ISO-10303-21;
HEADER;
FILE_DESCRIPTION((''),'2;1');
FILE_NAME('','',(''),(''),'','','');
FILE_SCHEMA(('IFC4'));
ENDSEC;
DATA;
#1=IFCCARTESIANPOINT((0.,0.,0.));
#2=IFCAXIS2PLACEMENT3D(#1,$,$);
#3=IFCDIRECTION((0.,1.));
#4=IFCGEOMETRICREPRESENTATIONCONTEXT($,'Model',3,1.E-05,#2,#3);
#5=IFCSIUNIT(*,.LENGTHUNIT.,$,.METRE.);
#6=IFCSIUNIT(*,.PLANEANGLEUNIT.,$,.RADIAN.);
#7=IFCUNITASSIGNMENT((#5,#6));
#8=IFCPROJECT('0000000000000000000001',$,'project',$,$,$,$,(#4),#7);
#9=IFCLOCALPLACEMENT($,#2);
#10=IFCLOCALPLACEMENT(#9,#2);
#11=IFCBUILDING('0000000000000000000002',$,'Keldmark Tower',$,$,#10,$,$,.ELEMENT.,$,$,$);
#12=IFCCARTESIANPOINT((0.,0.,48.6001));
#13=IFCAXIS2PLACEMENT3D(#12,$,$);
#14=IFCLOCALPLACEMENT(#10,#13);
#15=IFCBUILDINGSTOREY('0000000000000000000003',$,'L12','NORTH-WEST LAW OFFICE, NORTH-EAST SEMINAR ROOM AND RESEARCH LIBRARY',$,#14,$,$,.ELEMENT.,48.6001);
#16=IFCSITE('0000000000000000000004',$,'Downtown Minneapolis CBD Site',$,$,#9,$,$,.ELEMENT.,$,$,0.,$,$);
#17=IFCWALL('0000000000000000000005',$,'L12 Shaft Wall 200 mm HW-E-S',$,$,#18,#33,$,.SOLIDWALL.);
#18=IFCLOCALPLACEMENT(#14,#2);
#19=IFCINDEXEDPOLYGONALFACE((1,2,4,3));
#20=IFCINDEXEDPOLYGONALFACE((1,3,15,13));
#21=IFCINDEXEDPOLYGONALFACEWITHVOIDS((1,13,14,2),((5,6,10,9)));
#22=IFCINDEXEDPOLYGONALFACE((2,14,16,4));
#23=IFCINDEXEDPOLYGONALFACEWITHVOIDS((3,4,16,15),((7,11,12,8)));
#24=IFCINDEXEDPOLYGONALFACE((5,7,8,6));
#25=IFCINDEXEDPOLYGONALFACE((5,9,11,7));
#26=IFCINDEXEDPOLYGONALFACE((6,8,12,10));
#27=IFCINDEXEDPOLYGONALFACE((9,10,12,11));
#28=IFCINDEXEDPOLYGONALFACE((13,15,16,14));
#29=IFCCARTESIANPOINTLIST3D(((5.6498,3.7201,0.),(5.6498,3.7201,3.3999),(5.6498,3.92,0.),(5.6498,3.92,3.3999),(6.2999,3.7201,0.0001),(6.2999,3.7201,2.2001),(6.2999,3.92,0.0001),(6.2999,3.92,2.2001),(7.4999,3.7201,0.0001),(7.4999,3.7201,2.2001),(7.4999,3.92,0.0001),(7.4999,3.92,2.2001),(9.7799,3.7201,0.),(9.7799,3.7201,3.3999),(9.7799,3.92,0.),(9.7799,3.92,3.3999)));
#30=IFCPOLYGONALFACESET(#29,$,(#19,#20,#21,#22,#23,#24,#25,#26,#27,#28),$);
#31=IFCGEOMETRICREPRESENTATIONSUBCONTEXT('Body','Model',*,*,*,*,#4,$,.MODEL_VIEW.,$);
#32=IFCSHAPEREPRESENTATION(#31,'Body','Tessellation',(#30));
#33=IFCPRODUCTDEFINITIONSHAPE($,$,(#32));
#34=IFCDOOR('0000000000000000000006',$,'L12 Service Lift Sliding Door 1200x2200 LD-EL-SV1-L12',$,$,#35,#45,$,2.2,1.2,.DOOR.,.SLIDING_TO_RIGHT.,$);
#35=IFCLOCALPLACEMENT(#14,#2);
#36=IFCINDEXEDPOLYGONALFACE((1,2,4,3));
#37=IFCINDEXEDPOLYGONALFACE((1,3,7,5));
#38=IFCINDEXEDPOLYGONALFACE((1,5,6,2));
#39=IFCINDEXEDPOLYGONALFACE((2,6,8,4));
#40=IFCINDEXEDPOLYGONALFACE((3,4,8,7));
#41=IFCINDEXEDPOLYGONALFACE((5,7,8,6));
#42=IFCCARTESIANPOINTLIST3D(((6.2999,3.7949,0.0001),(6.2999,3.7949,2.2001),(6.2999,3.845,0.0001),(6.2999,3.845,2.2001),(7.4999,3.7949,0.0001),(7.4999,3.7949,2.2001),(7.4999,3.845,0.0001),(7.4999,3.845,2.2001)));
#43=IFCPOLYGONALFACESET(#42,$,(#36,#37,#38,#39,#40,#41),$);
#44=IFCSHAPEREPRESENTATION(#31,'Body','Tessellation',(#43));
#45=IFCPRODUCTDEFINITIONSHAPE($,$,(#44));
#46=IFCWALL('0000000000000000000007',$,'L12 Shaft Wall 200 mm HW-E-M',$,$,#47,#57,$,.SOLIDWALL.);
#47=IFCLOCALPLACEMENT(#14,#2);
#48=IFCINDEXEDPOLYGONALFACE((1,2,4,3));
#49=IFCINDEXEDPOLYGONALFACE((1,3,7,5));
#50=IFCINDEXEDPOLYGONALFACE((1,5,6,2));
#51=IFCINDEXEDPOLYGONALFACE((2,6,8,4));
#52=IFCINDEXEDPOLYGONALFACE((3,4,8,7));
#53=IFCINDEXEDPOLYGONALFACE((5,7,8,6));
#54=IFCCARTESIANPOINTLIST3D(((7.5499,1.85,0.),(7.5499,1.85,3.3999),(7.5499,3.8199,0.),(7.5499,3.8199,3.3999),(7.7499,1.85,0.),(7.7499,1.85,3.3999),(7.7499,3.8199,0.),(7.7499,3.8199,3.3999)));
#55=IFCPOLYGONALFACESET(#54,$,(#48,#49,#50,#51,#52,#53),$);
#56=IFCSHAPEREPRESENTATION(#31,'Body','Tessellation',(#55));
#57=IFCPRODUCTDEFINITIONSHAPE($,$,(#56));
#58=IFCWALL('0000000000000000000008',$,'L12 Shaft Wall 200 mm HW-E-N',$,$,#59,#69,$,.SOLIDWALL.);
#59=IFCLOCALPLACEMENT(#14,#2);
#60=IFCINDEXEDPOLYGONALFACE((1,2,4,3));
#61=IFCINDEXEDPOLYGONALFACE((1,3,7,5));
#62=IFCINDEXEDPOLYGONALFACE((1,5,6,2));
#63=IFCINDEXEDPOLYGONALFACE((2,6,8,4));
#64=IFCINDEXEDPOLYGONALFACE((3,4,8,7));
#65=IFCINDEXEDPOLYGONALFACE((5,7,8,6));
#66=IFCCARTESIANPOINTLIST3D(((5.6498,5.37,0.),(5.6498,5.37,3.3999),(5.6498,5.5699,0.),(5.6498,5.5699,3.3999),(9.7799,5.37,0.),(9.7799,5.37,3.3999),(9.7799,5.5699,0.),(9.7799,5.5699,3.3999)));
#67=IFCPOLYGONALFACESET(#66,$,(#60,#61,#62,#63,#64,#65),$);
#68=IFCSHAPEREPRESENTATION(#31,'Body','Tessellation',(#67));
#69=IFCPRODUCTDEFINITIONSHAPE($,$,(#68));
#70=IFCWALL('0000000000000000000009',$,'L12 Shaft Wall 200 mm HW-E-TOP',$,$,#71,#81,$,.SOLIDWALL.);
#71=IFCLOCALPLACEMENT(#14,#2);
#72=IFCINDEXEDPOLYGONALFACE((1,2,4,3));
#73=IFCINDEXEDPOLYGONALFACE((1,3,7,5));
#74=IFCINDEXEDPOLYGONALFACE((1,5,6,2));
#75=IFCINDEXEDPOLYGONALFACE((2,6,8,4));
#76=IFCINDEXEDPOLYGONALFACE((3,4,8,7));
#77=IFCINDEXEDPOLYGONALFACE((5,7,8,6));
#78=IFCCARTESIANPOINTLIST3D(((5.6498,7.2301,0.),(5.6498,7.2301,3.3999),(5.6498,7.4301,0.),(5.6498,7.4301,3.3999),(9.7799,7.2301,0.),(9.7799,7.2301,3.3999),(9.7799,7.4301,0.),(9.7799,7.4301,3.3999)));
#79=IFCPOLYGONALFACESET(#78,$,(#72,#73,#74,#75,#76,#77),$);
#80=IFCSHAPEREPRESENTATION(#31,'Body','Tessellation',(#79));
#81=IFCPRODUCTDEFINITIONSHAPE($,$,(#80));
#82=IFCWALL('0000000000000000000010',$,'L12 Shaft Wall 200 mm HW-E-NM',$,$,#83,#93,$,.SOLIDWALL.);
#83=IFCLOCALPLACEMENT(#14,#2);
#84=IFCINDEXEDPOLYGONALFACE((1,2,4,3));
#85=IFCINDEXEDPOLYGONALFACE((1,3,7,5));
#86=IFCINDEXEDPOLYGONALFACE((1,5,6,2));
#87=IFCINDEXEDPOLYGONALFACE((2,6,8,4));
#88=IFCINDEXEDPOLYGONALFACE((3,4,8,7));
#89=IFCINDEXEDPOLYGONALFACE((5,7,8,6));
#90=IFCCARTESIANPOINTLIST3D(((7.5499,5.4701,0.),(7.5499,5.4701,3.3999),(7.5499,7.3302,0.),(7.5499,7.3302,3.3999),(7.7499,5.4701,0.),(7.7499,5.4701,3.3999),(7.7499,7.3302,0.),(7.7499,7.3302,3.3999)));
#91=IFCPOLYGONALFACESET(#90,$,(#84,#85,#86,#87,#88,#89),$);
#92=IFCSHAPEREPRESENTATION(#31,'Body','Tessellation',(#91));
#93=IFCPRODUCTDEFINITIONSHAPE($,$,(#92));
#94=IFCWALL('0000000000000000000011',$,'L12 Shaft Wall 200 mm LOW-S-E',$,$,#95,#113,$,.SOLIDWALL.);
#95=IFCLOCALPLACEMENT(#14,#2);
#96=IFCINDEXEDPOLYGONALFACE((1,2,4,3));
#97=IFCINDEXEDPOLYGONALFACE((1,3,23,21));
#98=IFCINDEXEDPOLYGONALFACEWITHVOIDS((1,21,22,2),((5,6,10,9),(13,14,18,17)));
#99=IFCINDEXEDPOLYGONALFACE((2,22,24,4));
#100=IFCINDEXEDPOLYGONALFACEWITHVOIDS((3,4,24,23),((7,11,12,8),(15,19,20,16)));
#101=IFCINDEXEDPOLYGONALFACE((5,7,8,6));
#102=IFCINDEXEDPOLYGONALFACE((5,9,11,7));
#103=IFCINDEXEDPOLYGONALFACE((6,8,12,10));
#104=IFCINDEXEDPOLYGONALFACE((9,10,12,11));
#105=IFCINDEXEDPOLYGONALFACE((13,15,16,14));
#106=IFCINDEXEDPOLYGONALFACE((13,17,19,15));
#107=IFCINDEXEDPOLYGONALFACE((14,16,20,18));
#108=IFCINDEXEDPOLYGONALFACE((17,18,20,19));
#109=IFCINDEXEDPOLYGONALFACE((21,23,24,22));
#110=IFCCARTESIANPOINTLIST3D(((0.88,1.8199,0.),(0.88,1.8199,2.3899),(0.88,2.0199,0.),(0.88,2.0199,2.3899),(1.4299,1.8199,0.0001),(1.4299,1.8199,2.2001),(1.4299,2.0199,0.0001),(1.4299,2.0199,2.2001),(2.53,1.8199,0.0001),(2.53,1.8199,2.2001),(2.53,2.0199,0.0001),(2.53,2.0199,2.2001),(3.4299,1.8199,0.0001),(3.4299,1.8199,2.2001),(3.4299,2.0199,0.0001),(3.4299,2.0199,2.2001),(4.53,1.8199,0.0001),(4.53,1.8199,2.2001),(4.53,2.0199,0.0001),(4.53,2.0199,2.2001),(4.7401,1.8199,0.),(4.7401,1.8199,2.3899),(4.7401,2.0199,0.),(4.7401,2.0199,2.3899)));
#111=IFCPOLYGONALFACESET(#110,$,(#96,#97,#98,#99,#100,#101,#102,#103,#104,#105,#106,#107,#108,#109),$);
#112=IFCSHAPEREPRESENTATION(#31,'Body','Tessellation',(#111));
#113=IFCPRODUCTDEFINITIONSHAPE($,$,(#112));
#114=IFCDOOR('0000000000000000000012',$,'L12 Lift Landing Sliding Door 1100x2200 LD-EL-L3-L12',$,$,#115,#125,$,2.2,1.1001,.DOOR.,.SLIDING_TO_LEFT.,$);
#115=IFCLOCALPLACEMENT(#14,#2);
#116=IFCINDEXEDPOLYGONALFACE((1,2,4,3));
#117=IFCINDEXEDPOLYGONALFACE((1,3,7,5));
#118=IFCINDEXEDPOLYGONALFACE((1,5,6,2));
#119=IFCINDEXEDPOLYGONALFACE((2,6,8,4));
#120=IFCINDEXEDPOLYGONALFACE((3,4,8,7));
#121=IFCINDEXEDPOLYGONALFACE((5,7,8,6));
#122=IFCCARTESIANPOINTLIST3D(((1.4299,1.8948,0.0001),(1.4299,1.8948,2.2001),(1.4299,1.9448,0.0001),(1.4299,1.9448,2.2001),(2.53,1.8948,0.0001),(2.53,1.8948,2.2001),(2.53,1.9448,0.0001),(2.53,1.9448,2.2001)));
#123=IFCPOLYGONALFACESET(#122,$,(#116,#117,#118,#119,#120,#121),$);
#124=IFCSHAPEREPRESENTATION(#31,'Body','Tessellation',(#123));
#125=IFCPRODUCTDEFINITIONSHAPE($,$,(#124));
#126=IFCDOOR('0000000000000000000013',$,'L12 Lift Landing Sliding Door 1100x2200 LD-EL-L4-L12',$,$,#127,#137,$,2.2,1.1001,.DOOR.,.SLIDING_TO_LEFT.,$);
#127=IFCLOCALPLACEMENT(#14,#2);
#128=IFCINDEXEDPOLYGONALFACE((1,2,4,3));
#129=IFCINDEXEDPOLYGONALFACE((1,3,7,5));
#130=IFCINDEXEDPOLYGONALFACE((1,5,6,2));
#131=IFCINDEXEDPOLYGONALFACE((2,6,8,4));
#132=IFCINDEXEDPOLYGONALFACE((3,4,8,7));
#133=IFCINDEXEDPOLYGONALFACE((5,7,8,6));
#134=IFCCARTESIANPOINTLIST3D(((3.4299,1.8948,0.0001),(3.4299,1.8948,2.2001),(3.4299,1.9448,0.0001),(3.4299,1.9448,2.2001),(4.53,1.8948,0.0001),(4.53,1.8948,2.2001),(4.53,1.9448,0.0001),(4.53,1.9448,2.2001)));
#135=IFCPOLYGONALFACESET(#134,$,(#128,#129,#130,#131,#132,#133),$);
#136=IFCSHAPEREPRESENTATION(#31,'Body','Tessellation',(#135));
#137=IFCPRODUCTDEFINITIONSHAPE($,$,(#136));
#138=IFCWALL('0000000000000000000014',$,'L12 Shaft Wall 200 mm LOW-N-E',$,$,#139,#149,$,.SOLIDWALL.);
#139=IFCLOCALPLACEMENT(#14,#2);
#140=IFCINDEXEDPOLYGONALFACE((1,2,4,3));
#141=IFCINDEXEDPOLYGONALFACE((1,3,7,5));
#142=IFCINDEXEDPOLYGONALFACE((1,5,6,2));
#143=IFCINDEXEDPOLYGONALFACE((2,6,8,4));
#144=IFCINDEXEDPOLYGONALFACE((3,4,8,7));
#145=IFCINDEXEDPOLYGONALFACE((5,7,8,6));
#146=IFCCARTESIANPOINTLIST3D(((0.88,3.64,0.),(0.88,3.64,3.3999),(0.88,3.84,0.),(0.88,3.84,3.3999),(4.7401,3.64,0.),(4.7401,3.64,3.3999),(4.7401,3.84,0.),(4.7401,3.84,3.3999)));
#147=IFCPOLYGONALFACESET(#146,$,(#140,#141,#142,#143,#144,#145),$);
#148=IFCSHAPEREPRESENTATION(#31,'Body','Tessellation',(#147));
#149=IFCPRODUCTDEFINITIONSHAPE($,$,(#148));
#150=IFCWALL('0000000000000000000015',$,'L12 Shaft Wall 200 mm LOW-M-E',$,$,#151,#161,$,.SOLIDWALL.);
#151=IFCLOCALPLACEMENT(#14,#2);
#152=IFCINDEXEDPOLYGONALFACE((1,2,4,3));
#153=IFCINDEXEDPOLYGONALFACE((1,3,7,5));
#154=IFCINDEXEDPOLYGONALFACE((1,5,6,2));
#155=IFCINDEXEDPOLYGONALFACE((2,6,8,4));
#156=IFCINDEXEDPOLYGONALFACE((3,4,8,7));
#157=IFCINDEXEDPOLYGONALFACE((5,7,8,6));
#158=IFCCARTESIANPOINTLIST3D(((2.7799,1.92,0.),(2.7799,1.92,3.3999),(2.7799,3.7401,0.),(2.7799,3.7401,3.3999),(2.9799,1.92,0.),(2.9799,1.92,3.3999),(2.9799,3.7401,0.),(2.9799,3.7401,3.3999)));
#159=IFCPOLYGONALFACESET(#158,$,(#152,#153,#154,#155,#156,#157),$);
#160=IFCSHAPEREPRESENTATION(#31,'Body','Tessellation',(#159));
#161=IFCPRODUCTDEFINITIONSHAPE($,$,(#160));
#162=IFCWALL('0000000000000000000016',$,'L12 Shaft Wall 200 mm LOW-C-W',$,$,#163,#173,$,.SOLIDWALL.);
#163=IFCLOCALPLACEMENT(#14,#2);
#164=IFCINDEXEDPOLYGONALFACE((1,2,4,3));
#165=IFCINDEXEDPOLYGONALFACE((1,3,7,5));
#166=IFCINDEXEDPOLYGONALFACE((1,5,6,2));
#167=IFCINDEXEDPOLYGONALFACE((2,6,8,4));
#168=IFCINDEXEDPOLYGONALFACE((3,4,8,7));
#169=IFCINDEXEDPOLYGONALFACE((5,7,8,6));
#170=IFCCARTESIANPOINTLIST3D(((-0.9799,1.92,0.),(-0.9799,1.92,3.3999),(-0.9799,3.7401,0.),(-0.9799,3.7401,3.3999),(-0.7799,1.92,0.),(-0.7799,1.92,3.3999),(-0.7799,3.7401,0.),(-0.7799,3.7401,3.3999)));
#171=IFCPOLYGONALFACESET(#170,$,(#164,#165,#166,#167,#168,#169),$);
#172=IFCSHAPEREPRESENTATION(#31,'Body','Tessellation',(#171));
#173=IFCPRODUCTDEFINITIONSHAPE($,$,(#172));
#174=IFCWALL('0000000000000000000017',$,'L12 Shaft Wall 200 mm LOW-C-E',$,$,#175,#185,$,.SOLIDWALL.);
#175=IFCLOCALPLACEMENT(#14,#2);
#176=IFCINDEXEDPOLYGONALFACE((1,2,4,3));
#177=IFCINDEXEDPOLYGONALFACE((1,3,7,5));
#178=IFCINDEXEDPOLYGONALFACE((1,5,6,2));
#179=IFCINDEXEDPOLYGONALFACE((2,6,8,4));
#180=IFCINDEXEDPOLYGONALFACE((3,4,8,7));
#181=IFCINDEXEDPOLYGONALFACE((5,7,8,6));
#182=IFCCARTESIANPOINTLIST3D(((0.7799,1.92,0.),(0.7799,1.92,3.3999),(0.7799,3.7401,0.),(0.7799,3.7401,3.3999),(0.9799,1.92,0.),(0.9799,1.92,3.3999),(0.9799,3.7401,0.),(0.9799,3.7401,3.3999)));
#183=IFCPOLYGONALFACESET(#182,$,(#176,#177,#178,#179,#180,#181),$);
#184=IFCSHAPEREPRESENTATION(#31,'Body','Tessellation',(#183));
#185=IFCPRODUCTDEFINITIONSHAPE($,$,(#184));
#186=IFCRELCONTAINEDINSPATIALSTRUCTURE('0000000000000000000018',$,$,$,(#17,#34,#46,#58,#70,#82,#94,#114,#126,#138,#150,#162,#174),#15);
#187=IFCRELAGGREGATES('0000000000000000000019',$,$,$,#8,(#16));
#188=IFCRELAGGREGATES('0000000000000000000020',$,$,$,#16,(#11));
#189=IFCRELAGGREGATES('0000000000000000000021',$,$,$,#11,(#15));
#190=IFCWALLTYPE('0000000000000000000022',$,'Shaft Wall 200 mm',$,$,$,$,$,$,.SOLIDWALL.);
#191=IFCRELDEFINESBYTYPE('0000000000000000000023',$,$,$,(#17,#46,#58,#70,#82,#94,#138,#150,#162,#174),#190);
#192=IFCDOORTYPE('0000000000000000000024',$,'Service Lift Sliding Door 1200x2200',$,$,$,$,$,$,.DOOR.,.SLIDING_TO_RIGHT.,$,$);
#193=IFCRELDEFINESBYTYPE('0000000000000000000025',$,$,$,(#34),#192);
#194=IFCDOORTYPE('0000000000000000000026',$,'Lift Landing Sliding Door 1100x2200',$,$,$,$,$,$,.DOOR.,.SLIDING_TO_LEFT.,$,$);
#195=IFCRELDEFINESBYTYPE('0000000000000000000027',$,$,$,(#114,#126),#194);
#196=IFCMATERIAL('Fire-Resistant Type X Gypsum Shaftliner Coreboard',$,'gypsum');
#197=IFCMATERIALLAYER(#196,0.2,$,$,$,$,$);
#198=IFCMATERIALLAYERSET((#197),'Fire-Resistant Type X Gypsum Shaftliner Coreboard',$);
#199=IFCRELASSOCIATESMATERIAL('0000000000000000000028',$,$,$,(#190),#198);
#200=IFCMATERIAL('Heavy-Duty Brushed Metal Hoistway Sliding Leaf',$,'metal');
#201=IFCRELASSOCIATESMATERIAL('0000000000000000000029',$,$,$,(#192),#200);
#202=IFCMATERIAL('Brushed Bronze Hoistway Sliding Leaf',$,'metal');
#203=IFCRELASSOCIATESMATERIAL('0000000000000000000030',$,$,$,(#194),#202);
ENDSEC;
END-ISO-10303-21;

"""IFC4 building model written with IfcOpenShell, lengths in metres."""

from ifc_helpers import new_model, si_unit, direction, frame, frame_2d, origin, place, context, subcontext, project, spatial, rectangle, extrude, material, layer, layer_set, type_object, element, fill, save


model = new_model("IFC4")

# Units and contexts
model_context = context("Model", 3, precision=1e-05, world=origin(), true_north=direction((0.0, 1.0)))
body_context = subcontext(model_context, "Body", "Model", "MODEL_VIEW")
ifc_project = project(units=[si_unit("LENGTHUNIT", "METRE"), si_unit("PLANEANGLEUNIT", "RADIAN")], contexts=[model_context])

# Site, building, storey
site_placement = place(None, origin())
site = spatial("IfcSite", under=ifc_project, at=site_placement, Name="Downtown Minneapolis CBD Site", CompositionType="ELEMENT", RefElevation=0.0)
building_placement = place(site_placement, origin())
building = spatial("IfcBuilding", under=site, at=building_placement, Name="Keldmark Tower", CompositionType="ELEMENT")
storey_placement = place(building_placement, frame((0.0, 0.0, 48.6001)))
storey = spatial("IfcBuildingStorey", under=building, at=storey_placement, Name="L12", Description="NORTH-WEST LAW OFFICE, NORTH-EAST SEMINAR ROOM AND RESEARCH LIBRARY", CompositionType="ELEMENT", Elevation=48.6001)

# Wall, opening, door
ifc_material_1 = material(Name="Fire-Resistant Type X Gypsum Shaftliner Coreboard", Category="gypsum")
ifc_layer_1 = layer(ifc_material_1, 0.2)
ifc_layer_set_1 = layer_set([ifc_layer_1], Name="Fire-Resistant Type X Gypsum Shaftliner Coreboard")
wall_type_1 = type_object("IfcWallType", Name="Shaft Wall 200 mm", PredefinedType="SOLIDWALL", material=ifc_layer_set_1)
wall_1_placement = place(storey_placement, frame((5.6499, 3.8201, 0.0), z_axis=(0.0, 0.0, 1.0), x_axis=(1.0, 0.0, 0.0)))
wall_1 = element("IfcWall", 1, at=wall_1_placement, inside=storey, type_object=wall_type_1, Name="L12 Shaft Wall 200 mm HW-E-S", PredefinedType="SOLIDWALL", context=body_context, shape_type="SweptSolid", body=[
    extrude(rectangle(XDim=4.1301, YDim=0.2, at=frame_2d((2.0649, 0.0))), origin(), (0.0, 0.0, 1.0), 3.3999),
])
opening_1_placement = place(wall_1_placement, frame((0.6499, 0.0, 0.0)))
opening_1 = element("IfcOpeningElement", 2, at=opening_1_placement, cuts=wall_1, PredefinedType="OPENING", context=body_context, shape_type="SweptSolid", body=[
    extrude(rectangle(XDim=1.2, YDim=2.2, at=frame_2d((0.6001, 1.1001))), frame((0.0, 0.1099, 0.0), z_axis=(0.0, -1.0, 0.0), x_axis=(1.0, 0.0, 0.0)), (0.0, 0.0, 1.0), 0.22),
])
ifc_material_2 = material(Name="Heavy-Duty Brushed Metal Hoistway Sliding Leaf", Category="metal")
door_type_1 = type_object("IfcDoorType", Name="Service Lift Sliding Door 1200x2200", OperationType="SLIDING_TO_RIGHT", PredefinedType="DOOR", material=ifc_material_2)
door_1_placement = place(opening_1_placement, origin())
door_1 = element("IfcDoor", 3, at=door_1_placement, inside=storey, type_object=door_type_1, Name="L12 Service Lift Sliding Door 1200x2200 LD-EL-SV1-L12", OperationType="SLIDING_TO_RIGHT", OverallHeight=2.2, OverallWidth=1.2, PredefinedType="DOOR", context=body_context, shape_type="SweptSolid", body=[
    extrude(rectangle(XDim=1.2, YDim=2.2, at=frame_2d((0.6001, 1.1001))), frame((0.0, 0.0249, 0.0), z_axis=(0.0, -1.0, 0.0), x_axis=(1.0, 0.0, 0.0)), (0.0, 0.0, 1.0), 0.05),
])
fill(opening_1, door_1)

# Walls
wall_2_placement = place(storey_placement, frame((7.6499, 1.8501, 0.0), z_axis=(0.0, 0.0, 1.0), x_axis=(0.0, 1.0, 0.0)))
element("IfcWall", 4, at=wall_2_placement, inside=storey, type_object=wall_type_1, Name="L12 Shaft Wall 200 mm HW-E-M", PredefinedType="SOLIDWALL", context=body_context, shape_type="SweptSolid", body=[
    extrude(rectangle(XDim=1.97, YDim=0.2, at=frame_2d((0.9849, 0.0))), origin(), (0.0, 0.0, 1.0), 3.3999),
])
for number, where, z_axis, x_axis, name in (
    (5, (5.6499, 5.47, 0.0), (0.0, 0.0, 1.0), (1.0, 0.0, 0.0), "L12 Shaft Wall 200 mm HW-E-N"),
    (6, (5.6499, 7.3301, 0.0), (0.0, 0.0, 1.0), (1.0, 0.0, 0.0), "L12 Shaft Wall 200 mm HW-E-TOP"),
):
    element("IfcWall", number, at=place(storey_placement, frame(where, z_axis=z_axis, x_axis=x_axis)), inside=storey, type_object=wall_type_1, Name=name, PredefinedType="SOLIDWALL", context=body_context, shape_type="SweptSolid", body=[
        extrude(rectangle(XDim=4.1301, YDim=0.2, at=frame_2d((2.0649, 0.0))), origin(), (0.0, 0.0, 1.0), 3.3999),
    ])
wall_3_placement = place(storey_placement, frame((7.6499, 5.47, 0.0), z_axis=(0.0, 0.0, 1.0), x_axis=(0.0, 1.0, 0.0)))
element("IfcWall", 7, at=wall_3_placement, inside=storey, type_object=wall_type_1, Name="L12 Shaft Wall 200 mm HW-E-NM", PredefinedType="SOLIDWALL", context=body_context, shape_type="SweptSolid", body=[
    extrude(rectangle(XDim=1.8601, YDim=0.2, at=frame_2d((0.9302, 0.0))), origin(), (0.0, 0.0, 1.0), 3.3999),
])

# Wall, openings, doors
wall_4_placement = place(storey_placement, frame((0.8799, 1.9199, 0.0), z_axis=(0.0, 0.0, 1.0), x_axis=(1.0, 0.0, 0.0)))
wall_4 = element("IfcWall", 8, at=wall_4_placement, inside=storey, type_object=wall_type_1, Name="L12 Shaft Wall 200 mm LOW-S-E", PredefinedType="SOLIDWALL", context=body_context, shape_type="SweptSolid", body=[
    extrude(rectangle(XDim=3.8601, YDim=0.2, at=frame_2d((1.9302, 0.0))), origin(), (0.0, 0.0, 1.0), 2.3899),
])
opening_2_placement = place(wall_4_placement, frame((0.55, 0.0, 0.0)))
opening_2 = element("IfcOpeningElement", 9, at=opening_2_placement, cuts=wall_4, PredefinedType="OPENING", context=body_context, shape_type="SweptSolid", body=[
    extrude(rectangle(XDim=1.1001, YDim=2.2, at=frame_2d((0.55, 1.1001))), frame((0.0, 0.1099, 0.0), z_axis=(0.0, -1.0, 0.0), x_axis=(1.0, 0.0, 0.0)), (0.0, 0.0, 1.0), 0.22),
])
opening_3_placement = place(wall_4_placement, frame((2.55, 0.0, 0.0)))
opening_3 = element("IfcOpeningElement", 10, at=opening_3_placement, cuts=wall_4, PredefinedType="OPENING", context=body_context, shape_type="SweptSolid", body=[
    extrude(rectangle(XDim=1.1001, YDim=2.2, at=frame_2d((0.55, 1.1001))), frame((0.0, 0.1099, 0.0), z_axis=(0.0, -1.0, 0.0), x_axis=(1.0, 0.0, 0.0)), (0.0, 0.0, 1.0), 0.22),
])
ifc_material_3 = material(Name="Brushed Bronze Hoistway Sliding Leaf", Category="metal")
door_type_2 = type_object("IfcDoorType", Name="Lift Landing Sliding Door 1100x2200", OperationType="SLIDING_TO_LEFT", PredefinedType="DOOR", material=ifc_material_3)
door_2_placement = place(opening_2_placement, origin())
door_2 = element("IfcDoor", 11, at=door_2_placement, inside=storey, type_object=door_type_2, Name="L12 Lift Landing Sliding Door 1100x2200 LD-EL-L3-L12", OperationType="SLIDING_TO_LEFT", OverallHeight=2.2, OverallWidth=1.1001, PredefinedType="DOOR", context=body_context, shape_type="SweptSolid", body=[
    extrude(rectangle(XDim=1.1001, YDim=2.2, at=frame_2d((0.55, 1.1001))), frame((0.0, 0.0249, 0.0), z_axis=(0.0, -1.0, 0.0), x_axis=(1.0, 0.0, 0.0)), (0.0, 0.0, 1.0), 0.05),
])
fill(opening_2, door_2)
door_3_placement = place(opening_3_placement, origin())
door_3 = element("IfcDoor", 12, at=door_3_placement, inside=storey, type_object=door_type_2, Name="L12 Lift Landing Sliding Door 1100x2200 LD-EL-L4-L12", OperationType="SLIDING_TO_LEFT", OverallHeight=2.2, OverallWidth=1.1001, PredefinedType="DOOR", context=body_context, shape_type="SweptSolid", body=[
    extrude(rectangle(XDim=1.1001, YDim=2.2, at=frame_2d((0.55, 1.1001))), frame((0.0, 0.0249, 0.0), z_axis=(0.0, -1.0, 0.0), x_axis=(1.0, 0.0, 0.0)), (0.0, 0.0, 1.0), 0.05),
])
fill(opening_3, door_3)

# Walls
wall_5_placement = place(storey_placement, frame((0.8799, 3.74, 0.0), z_axis=(0.0, 0.0, 1.0), x_axis=(1.0, 0.0, 0.0)))
element("IfcWall", 13, at=wall_5_placement, inside=storey, type_object=wall_type_1, Name="L12 Shaft Wall 200 mm LOW-N-E", PredefinedType="SOLIDWALL", context=body_context, shape_type="SweptSolid", body=[
    extrude(rectangle(XDim=3.8601, YDim=0.2, at=frame_2d((1.9302, 0.0))), origin(), (0.0, 0.0, 1.0), 3.3999),
])
for number, where, z_axis, x_axis, name in (
    (14, (2.8799, 1.9199, 0.0), (0.0, 0.0, 1.0), (0.0, 1.0, 0.0), "L12 Shaft Wall 200 mm LOW-M-E"),
    (15, (-0.8799, 1.9199, 0.0), (0.0, 0.0, 1.0), (0.0, 1.0, 0.0), "L12 Shaft Wall 200 mm LOW-C-W"),
    (16, (0.8799, 1.9199, 0.0), (0.0, 0.0, 1.0), (0.0, 1.0, 0.0), "L12 Shaft Wall 200 mm LOW-C-E"),
):
    element("IfcWall", number, at=place(storey_placement, frame(where, z_axis=z_axis, x_axis=x_axis)), inside=storey, type_object=wall_type_1, Name=name, PredefinedType="SOLIDWALL", context=body_context, shape_type="SweptSolid", body=[
        extrude(rectangle(XDim=1.8201, YDim=0.2, at=frame_2d((0.9102, 0.0))), origin(), (0.0, 0.0, 1.0), 3.3999),
    ])

save(model, "model.ifc")
